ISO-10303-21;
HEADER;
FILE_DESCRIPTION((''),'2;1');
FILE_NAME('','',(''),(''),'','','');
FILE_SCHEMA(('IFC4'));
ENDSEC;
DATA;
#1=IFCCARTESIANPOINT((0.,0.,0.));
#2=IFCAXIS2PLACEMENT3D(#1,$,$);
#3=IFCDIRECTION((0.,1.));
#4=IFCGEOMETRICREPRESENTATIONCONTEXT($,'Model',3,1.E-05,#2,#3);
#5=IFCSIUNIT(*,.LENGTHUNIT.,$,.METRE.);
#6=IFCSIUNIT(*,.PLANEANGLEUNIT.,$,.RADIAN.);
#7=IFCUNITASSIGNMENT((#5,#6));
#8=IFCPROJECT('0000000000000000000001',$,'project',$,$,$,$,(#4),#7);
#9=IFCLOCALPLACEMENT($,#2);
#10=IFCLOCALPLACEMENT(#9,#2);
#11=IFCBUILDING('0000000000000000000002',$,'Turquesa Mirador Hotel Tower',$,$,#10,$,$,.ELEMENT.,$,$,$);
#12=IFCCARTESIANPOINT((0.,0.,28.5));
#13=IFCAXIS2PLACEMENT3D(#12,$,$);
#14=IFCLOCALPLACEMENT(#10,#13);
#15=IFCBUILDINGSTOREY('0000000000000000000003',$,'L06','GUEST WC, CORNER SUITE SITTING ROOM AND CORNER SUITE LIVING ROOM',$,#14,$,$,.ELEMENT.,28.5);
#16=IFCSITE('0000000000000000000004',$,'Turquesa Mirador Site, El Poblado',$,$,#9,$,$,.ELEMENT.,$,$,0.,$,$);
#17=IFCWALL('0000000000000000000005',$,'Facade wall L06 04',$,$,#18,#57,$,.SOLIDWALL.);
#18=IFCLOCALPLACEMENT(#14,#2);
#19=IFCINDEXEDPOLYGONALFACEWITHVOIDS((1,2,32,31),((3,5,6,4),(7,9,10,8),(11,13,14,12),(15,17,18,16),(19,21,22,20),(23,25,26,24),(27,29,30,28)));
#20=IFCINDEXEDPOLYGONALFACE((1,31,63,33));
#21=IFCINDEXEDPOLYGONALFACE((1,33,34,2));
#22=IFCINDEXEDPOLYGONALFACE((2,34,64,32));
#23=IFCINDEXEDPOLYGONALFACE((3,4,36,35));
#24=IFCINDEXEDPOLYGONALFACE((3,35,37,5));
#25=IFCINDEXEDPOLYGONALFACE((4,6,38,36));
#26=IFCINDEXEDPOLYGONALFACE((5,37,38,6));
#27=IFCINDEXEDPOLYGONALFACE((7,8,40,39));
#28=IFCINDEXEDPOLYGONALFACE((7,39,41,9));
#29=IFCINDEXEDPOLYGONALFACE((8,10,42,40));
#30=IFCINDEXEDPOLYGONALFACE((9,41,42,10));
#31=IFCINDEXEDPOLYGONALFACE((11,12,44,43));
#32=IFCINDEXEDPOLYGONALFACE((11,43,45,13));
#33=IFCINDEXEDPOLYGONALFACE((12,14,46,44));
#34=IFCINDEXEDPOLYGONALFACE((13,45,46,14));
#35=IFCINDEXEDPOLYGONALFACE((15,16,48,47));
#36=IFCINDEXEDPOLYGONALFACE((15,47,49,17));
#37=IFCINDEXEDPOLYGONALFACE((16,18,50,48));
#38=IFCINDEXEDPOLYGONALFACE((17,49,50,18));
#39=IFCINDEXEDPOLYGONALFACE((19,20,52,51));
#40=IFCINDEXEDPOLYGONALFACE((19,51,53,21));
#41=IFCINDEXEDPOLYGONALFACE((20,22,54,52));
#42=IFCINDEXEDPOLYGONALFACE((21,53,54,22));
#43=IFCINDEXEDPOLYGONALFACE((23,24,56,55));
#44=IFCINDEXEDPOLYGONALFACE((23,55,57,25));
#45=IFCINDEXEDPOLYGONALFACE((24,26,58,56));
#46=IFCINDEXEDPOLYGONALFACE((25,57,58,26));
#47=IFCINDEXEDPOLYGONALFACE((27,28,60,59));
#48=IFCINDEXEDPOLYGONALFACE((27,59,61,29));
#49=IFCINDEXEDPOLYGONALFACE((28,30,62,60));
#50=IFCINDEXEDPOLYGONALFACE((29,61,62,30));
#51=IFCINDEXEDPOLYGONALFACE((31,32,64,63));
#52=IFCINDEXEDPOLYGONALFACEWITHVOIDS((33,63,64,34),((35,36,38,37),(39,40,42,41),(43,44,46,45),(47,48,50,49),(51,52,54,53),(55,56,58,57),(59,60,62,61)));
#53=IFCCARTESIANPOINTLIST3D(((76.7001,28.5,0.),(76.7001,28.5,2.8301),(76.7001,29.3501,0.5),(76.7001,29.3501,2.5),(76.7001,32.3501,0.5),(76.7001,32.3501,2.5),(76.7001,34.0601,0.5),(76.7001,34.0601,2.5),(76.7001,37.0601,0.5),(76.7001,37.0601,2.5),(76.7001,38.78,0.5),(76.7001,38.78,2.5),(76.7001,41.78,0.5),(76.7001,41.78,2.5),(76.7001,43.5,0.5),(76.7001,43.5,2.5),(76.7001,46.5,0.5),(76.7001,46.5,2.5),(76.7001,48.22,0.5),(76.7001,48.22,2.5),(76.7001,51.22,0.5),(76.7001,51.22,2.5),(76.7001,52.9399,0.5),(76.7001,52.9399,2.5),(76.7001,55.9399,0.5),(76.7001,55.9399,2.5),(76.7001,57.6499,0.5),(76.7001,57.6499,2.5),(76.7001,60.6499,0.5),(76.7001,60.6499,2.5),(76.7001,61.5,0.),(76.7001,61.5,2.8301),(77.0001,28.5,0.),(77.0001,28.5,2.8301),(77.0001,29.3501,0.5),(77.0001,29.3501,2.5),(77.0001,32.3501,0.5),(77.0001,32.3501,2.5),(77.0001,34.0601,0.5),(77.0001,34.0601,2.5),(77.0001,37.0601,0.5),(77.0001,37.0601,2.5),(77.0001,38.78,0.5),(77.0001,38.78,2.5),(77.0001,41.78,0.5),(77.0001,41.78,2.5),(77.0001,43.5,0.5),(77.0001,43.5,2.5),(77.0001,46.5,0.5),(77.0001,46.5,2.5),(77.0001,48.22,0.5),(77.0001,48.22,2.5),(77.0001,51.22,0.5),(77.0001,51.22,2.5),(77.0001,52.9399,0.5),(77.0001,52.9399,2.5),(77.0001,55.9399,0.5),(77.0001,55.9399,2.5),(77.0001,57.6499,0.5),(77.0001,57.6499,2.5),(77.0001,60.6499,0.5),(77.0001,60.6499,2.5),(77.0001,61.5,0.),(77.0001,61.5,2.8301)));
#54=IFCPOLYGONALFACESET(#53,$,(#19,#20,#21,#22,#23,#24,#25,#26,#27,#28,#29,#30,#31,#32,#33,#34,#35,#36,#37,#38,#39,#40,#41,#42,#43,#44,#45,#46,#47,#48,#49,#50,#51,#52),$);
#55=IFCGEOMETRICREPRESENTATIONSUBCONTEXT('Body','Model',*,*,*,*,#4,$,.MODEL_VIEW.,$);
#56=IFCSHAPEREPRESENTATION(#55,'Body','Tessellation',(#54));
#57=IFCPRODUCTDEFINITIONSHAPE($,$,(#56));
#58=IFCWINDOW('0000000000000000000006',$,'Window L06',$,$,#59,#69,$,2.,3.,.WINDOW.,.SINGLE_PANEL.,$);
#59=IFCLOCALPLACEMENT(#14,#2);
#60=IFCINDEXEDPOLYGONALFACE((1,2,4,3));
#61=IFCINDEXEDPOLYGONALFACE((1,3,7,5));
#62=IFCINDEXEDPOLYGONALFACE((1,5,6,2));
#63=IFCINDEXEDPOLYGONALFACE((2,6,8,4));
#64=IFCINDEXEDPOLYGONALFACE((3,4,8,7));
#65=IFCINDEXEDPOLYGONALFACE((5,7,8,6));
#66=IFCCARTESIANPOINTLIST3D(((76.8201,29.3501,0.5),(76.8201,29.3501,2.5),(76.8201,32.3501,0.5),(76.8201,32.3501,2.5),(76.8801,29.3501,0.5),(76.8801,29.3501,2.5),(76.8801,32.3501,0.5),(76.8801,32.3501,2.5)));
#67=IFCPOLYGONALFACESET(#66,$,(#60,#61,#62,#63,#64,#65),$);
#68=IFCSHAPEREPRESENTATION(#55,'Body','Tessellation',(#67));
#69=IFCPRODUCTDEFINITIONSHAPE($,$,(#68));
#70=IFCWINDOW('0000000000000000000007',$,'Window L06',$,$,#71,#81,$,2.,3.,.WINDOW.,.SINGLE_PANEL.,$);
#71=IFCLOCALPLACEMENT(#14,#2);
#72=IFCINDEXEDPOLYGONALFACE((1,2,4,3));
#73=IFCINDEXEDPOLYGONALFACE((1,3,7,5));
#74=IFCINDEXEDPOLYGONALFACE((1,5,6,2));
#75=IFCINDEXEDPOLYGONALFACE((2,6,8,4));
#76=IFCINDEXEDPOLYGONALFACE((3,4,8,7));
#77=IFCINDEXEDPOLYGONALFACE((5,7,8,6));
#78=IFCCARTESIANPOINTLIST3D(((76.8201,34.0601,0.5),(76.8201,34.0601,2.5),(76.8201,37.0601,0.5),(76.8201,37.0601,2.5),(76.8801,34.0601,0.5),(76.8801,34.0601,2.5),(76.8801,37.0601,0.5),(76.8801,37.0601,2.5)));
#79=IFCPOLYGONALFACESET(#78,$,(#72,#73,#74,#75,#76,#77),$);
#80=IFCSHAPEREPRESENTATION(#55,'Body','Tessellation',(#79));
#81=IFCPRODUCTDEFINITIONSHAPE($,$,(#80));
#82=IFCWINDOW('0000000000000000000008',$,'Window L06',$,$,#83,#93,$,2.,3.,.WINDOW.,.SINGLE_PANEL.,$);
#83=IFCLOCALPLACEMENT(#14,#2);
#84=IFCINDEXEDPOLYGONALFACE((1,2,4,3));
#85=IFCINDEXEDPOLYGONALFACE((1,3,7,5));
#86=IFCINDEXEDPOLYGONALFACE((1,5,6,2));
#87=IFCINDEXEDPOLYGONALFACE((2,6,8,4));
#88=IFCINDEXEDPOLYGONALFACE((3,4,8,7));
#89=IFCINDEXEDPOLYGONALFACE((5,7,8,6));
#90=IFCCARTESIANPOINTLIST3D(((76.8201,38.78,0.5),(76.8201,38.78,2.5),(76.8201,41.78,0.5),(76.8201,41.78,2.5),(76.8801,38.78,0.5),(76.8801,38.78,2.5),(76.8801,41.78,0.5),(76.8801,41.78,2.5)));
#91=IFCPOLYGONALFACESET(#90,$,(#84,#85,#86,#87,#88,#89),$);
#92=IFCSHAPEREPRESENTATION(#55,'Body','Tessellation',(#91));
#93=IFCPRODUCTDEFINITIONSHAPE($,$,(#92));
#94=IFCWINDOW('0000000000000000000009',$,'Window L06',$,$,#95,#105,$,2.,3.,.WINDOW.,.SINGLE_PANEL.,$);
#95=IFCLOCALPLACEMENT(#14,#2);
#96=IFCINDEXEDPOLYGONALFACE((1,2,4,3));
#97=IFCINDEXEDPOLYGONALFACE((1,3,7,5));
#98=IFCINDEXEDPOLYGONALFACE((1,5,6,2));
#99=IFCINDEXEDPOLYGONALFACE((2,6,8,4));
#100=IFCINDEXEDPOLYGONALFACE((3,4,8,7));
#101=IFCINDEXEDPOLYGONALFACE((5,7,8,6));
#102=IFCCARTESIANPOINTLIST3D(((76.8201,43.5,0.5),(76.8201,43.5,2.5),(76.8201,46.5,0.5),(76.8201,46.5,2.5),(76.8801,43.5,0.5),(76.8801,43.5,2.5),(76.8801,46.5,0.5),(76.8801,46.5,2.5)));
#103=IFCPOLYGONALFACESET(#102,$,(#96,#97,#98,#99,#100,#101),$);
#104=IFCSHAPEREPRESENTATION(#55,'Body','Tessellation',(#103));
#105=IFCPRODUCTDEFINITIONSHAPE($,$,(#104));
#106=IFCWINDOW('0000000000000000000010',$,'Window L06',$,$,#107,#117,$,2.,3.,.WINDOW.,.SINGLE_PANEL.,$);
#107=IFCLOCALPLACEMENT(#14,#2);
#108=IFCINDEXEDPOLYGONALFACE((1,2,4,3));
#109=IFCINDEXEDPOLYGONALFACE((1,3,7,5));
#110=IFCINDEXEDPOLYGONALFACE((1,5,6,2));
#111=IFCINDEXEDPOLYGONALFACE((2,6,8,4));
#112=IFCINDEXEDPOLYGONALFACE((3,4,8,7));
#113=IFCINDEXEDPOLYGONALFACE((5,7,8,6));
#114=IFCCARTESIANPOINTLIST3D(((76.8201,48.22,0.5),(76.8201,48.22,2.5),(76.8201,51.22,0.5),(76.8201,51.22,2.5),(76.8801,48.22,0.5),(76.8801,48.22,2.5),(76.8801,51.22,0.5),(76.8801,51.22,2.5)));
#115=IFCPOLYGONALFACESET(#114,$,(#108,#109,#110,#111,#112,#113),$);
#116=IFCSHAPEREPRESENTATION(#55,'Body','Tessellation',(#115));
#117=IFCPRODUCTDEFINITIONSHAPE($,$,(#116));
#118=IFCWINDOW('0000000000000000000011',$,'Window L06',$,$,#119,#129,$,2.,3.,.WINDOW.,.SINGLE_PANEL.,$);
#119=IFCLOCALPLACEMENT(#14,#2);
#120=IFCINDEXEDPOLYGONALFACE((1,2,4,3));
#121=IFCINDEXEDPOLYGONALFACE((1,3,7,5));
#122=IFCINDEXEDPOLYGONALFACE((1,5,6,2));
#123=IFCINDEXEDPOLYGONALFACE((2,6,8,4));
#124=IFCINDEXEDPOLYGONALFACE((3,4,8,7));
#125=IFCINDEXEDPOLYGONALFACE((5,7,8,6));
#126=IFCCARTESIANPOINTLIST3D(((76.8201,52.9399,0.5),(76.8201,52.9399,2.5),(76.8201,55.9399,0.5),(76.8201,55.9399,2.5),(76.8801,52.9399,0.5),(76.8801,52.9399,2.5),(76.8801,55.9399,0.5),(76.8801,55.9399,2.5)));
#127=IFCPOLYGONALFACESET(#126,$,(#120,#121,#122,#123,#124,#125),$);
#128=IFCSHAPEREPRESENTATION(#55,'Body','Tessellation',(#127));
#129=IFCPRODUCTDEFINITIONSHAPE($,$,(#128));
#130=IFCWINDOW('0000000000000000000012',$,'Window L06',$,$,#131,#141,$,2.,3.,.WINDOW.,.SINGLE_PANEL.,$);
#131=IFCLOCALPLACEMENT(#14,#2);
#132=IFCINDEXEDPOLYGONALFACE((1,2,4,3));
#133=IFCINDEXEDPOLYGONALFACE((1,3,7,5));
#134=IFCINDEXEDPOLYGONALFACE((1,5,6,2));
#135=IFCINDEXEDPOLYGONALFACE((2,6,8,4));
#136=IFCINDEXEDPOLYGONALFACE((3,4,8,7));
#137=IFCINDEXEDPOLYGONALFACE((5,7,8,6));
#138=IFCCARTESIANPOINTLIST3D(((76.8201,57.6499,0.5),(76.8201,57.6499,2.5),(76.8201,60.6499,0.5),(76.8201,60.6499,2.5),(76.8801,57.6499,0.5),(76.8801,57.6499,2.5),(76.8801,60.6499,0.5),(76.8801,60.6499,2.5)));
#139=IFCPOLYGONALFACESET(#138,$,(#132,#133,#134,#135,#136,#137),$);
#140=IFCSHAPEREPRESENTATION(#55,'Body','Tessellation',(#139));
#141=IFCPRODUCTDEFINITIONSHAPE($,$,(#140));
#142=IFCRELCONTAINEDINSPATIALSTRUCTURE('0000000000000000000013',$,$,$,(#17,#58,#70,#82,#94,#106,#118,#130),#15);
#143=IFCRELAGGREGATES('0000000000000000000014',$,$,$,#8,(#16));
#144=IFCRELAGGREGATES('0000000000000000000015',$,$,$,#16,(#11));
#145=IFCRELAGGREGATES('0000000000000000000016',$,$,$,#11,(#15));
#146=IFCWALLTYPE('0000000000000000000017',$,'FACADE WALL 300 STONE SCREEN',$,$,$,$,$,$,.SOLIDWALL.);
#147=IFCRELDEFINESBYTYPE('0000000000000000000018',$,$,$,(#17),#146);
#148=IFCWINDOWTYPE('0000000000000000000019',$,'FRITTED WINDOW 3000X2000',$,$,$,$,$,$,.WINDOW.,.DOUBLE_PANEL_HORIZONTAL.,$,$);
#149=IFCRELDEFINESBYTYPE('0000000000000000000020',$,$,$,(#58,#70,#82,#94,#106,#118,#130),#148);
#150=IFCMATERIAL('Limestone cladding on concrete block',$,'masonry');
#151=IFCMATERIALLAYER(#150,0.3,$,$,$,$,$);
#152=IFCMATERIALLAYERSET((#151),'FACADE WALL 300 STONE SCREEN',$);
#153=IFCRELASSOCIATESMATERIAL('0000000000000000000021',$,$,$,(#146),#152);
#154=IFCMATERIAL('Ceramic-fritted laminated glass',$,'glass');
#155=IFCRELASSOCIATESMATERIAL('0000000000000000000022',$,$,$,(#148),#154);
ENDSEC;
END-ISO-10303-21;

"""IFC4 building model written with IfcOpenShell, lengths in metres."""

from ifc_helpers import new_model, si_unit, direction, frame, frame_2d, origin, place, context, subcontext, project, spatial, rectangle, extrude, material, layer, layer_set, type_object, element, fill, save


model = new_model("IFC4")

# Units and contexts
model_context = context("Model", 3, precision=1e-05, world=origin(), true_north=direction((0.0, 1.0)))
body_context = subcontext(model_context, "Body", "Model", "MODEL_VIEW")
ifc_project = project(units=[si_unit("LENGTHUNIT", "METRE"), si_unit("PLANEANGLEUNIT", "RADIAN")], contexts=[model_context])

# Site, building, storey
site_placement = place(None, origin())
site = spatial("IfcSite", under=ifc_project, at=site_placement, Name="Turquesa Mirador Site, El Poblado", CompositionType="ELEMENT", RefElevation=0.0)
building_placement = place(site_placement, origin())
building = spatial("IfcBuilding", under=site, at=building_placement, Name="Turquesa Mirador Hotel Tower", CompositionType="ELEMENT")
storey_placement = place(building_placement, frame((0.0, 0.0, 28.5)))
storey = spatial("IfcBuildingStorey", under=building, at=storey_placement, Name="L06", Description="GUEST WC, CORNER SUITE SITTING ROOM AND CORNER SUITE LIVING ROOM", CompositionType="ELEMENT", Elevation=28.5)

# Shared definitions
ifc_material_1 = material(Name="Limestone cladding on concrete block", Category="masonry")
ifc_layer = layer(ifc_material_1, 0.3)
ifc_layer_set = layer_set([ifc_layer], Name="FACADE WALL 300 STONE SCREEN")
wall_type = type_object("IfcWallType", Name="FACADE WALL 300 STONE SCREEN", PredefinedType="SOLIDWALL", material=ifc_layer_set)

# Wall, openings, windows
wall_1_placement = place(storey_placement, frame((76.8501, 28.5, 0.0), z_axis=(0.0, 0.0, 1.0), x_axis=(0.0, 1.0, 0.0)))
wall_1 = element("IfcWall", 1, at=wall_1_placement, inside=storey, type_object=wall_type, Name="Facade wall L06 04", PredefinedType="SOLIDWALL", context=body_context, shape_type="SweptSolid", body=[
    extrude(rectangle(XDim=33.0, YDim=0.3, at=frame_2d((16.5, 0.0))), origin(), (0.0, 0.0, 1.0), 2.8301),
])
opening_1_placement = place(wall_1_placement, frame((0.8501, 0.0, 0.5)))
opening_1 = element("IfcOpeningElement", 2, at=opening_1_placement, cuts=wall_1, PredefinedType="OPENING", context=body_context, shape_type="SweptSolid", body=[
    extrude(rectangle(XDim=3.0, YDim=2.0, at=frame_2d((1.5, 1.0))), frame((0.0, 0.1599, 0.0), z_axis=(0.0, -1.0, 0.0), x_axis=(1.0, 0.0, 0.0)), (0.0, 0.0, 1.0), 0.3201),
])
opening_2_placement = place(wall_1_placement, frame((5.5601, 0.0, 0.5)))
opening_2 = element("IfcOpeningElement", 3, at=opening_2_placement, cuts=wall_1, PredefinedType="OPENING", context=body_context, shape_type="SweptSolid", body=[
    extrude(rectangle(XDim=3.0, YDim=2.0, at=frame_2d((1.5, 1.0))), frame((0.0, 0.1599, 0.0), z_axis=(0.0, -1.0, 0.0), x_axis=(1.0, 0.0, 0.0)), (0.0, 0.0, 1.0), 0.3201),
])
opening_3_placement = place(wall_1_placement, frame((10.28, 0.0, 0.5)))
opening_3 = element("IfcOpeningElement", 4, at=opening_3_placement, cuts=wall_1, PredefinedType="OPENING", context=body_context, shape_type="SweptSolid", body=[
    extrude(rectangle(XDim=3.0, YDim=2.0, at=frame_2d((1.5, 1.0))), frame((0.0, 0.1599, 0.0), z_axis=(0.0, -1.0, 0.0), x_axis=(1.0, 0.0, 0.0)), (0.0, 0.0, 1.0), 0.3201),
])
opening_4_placement = place(wall_1_placement, frame((15.0, 0.0, 0.5)))
opening_4 = element("IfcOpeningElement", 5, at=opening_4_placement, cuts=wall_1, PredefinedType="OPENING", context=body_context, shape_type="SweptSolid", body=[
    extrude(rectangle(XDim=3.0, YDim=2.0, at=frame_2d((1.5, 1.0))), frame((0.0, 0.1599, 0.0), z_axis=(0.0, -1.0, 0.0), x_axis=(1.0, 0.0, 0.0)), (0.0, 0.0, 1.0), 0.3201),
])
opening_5_placement = place(wall_1_placement, frame((19.72, 0.0, 0.5)))
opening_5 = element("IfcOpeningElement", 6, at=opening_5_placement, cuts=wall_1, PredefinedType="OPENING", context=body_context, shape_type="SweptSolid", body=[
    extrude(rectangle(XDim=3.0, YDim=2.0, at=frame_2d((1.5, 1.0))), frame((0.0, 0.1599, 0.0), z_axis=(0.0, -1.0, 0.0), x_axis=(1.0, 0.0, 0.0)), (0.0, 0.0, 1.0), 0.3201),
])
opening_6_placement = place(wall_1_placement, frame((24.4399, 0.0, 0.5)))
opening_6 = element("IfcOpeningElement", 7, at=opening_6_placement, cuts=wall_1, PredefinedType="OPENING", context=body_context, shape_type="SweptSolid", body=[
    extrude(rectangle(XDim=3.0, YDim=2.0, at=frame_2d((1.5, 1.0))), frame((0.0, 0.1599, 0.0), z_axis=(0.0, -1.0, 0.0), x_axis=(1.0, 0.0, 0.0)), (0.0, 0.0, 1.0), 0.3201),
])
opening_7_placement = place(wall_1_placement, frame((29.1499, 0.0, 0.5)))
opening_7 = element("IfcOpeningElement", 8, at=opening_7_placement, cuts=wall_1, PredefinedType="OPENING", context=body_context, shape_type="SweptSolid", body=[
    extrude(rectangle(XDim=3.0, YDim=2.0, at=frame_2d((1.5, 1.0))), frame((0.0, 0.1599, 0.0), z_axis=(0.0, -1.0, 0.0), x_axis=(1.0, 0.0, 0.0)), (0.0, 0.0, 1.0), 0.3201),
])
ifc_material_2 = material(Name="Ceramic-fritted laminated glass", Category="glass")
window_type_1 = type_object("IfcWindowType", Name="FRITTED WINDOW 3000X2000", PartitioningType="DOUBLE_PANEL_HORIZONTAL", PredefinedType="WINDOW", material=ifc_material_2)
window_1_placement = place(opening_1_placement, origin())
window_1 = element("IfcWindow", 9, at=window_1_placement, inside=storey, type_object=window_type_1, Name="Window L06", OverallHeight=2.0, OverallWidth=3.0, PartitioningType="SINGLE_PANEL", PredefinedType="WINDOW", context=body_context, shape_type="SweptSolid", body=[
    extrude(rectangle(XDim=3.0, YDim=2.0, at=frame_2d((1.5, 1.0))), frame((0.0, 0.03, 0.0), z_axis=(0.0, -1.0, 0.0), x_axis=(1.0, 0.0, 0.0)), (0.0, 0.0, 1.0), 0.0601),
])
fill(opening_1, window_1)
window_2_placement = place(opening_2_placement, origin())
window_2 = element("IfcWindow", 10, at=window_2_placement, inside=storey, type_object=window_type_1, Name="Window L06", OverallHeight=2.0, OverallWidth=3.0, PartitioningType="SINGLE_PANEL", PredefinedType="WINDOW", context=body_context, shape_type="SweptSolid", body=[
    extrude(rectangle(XDim=3.0, YDim=2.0, at=frame_2d((1.5, 1.0))), frame((0.0, 0.03, 0.0), z_axis=(0.0, -1.0, 0.0), x_axis=(1.0, 0.0, 0.0)), (0.0, 0.0, 1.0), 0.0601),
])
fill(opening_2, window_2)
window_3_placement = place(opening_3_placement, origin())
window_3 = element("IfcWindow", 11, at=window_3_placement, inside=storey, type_object=window_type_1, Name="Window L06", OverallHeight=2.0, OverallWidth=3.0, PartitioningType="SINGLE_PANEL", PredefinedType="WINDOW", context=body_context, shape_type="SweptSolid", body=[
    extrude(rectangle(XDim=3.0, YDim=2.0, at=frame_2d((1.5, 1.0))), frame((0.0, 0.03, 0.0), z_axis=(0.0, -1.0, 0.0), x_axis=(1.0, 0.0, 0.0)), (0.0, 0.0, 1.0), 0.0601),
])
fill(opening_3, window_3)
window_4_placement = place(opening_4_placement, origin())
window_4 = element("IfcWindow", 12, at=window_4_placement, inside=storey, type_object=window_type_1, Name="Window L06", OverallHeight=2.0, OverallWidth=3.0, PartitioningType="SINGLE_PANEL", PredefinedType="WINDOW", context=body_context, shape_type="SweptSolid", body=[
    extrude(rectangle(XDim=3.0, YDim=2.0, at=frame_2d((1.5, 1.0))), frame((0.0, 0.03, 0.0), z_axis=(0.0, -1.0, 0.0), x_axis=(1.0, 0.0, 0.0)), (0.0, 0.0, 1.0), 0.0601),
])
fill(opening_4, window_4)
window_5_placement = place(opening_5_placement, origin())
window_5 = element("IfcWindow", 13, at=window_5_placement, inside=storey, type_object=window_type_1, Name="Window L06", OverallHeight=2.0, OverallWidth=3.0, PartitioningType="SINGLE_PANEL", PredefinedType="WINDOW", context=body_context, shape_type="SweptSolid", body=[
    extrude(rectangle(XDim=3.0, YDim=2.0, at=frame_2d((1.5, 1.0))), frame((0.0, 0.03, 0.0), z_axis=(0.0, -1.0, 0.0), x_axis=(1.0, 0.0, 0.0)), (0.0, 0.0, 1.0), 0.0601),
])
fill(opening_5, window_5)
window_6_placement = place(opening_6_placement, origin())
window_6 = element("IfcWindow", 14, at=window_6_placement, inside=storey, type_object=window_type_1, Name="Window L06", OverallHeight=2.0, OverallWidth=3.0, PartitioningType="SINGLE_PANEL", PredefinedType="WINDOW", context=body_context, shape_type="SweptSolid", body=[
    extrude(rectangle(XDim=3.0, YDim=2.0, at=frame_2d((1.5, 1.0))), frame((0.0, 0.03, 0.0), z_axis=(0.0, -1.0, 0.0), x_axis=(1.0, 0.0, 0.0)), (0.0, 0.0, 1.0), 0.0601),
])
fill(opening_6, window_6)
window_7_placement = place(opening_7_placement, origin())
window_7 = element("IfcWindow", 15, at=window_7_placement, inside=storey, type_object=window_type_1, Name="Window L06", OverallHeight=2.0, OverallWidth=3.0, PartitioningType="SINGLE_PANEL", PredefinedType="WINDOW", context=body_context, shape_type="SweptSolid", body=[
    extrude(rectangle(XDim=3.0, YDim=2.0, at=frame_2d((1.5, 1.0))), frame((0.0, 0.03, 0.0), z_axis=(0.0, -1.0, 0.0), x_axis=(1.0, 0.0, 0.0)), (0.0, 0.0, 1.0), 0.0601),
])
fill(opening_7, window_7)

save(model, "model.ifc")
